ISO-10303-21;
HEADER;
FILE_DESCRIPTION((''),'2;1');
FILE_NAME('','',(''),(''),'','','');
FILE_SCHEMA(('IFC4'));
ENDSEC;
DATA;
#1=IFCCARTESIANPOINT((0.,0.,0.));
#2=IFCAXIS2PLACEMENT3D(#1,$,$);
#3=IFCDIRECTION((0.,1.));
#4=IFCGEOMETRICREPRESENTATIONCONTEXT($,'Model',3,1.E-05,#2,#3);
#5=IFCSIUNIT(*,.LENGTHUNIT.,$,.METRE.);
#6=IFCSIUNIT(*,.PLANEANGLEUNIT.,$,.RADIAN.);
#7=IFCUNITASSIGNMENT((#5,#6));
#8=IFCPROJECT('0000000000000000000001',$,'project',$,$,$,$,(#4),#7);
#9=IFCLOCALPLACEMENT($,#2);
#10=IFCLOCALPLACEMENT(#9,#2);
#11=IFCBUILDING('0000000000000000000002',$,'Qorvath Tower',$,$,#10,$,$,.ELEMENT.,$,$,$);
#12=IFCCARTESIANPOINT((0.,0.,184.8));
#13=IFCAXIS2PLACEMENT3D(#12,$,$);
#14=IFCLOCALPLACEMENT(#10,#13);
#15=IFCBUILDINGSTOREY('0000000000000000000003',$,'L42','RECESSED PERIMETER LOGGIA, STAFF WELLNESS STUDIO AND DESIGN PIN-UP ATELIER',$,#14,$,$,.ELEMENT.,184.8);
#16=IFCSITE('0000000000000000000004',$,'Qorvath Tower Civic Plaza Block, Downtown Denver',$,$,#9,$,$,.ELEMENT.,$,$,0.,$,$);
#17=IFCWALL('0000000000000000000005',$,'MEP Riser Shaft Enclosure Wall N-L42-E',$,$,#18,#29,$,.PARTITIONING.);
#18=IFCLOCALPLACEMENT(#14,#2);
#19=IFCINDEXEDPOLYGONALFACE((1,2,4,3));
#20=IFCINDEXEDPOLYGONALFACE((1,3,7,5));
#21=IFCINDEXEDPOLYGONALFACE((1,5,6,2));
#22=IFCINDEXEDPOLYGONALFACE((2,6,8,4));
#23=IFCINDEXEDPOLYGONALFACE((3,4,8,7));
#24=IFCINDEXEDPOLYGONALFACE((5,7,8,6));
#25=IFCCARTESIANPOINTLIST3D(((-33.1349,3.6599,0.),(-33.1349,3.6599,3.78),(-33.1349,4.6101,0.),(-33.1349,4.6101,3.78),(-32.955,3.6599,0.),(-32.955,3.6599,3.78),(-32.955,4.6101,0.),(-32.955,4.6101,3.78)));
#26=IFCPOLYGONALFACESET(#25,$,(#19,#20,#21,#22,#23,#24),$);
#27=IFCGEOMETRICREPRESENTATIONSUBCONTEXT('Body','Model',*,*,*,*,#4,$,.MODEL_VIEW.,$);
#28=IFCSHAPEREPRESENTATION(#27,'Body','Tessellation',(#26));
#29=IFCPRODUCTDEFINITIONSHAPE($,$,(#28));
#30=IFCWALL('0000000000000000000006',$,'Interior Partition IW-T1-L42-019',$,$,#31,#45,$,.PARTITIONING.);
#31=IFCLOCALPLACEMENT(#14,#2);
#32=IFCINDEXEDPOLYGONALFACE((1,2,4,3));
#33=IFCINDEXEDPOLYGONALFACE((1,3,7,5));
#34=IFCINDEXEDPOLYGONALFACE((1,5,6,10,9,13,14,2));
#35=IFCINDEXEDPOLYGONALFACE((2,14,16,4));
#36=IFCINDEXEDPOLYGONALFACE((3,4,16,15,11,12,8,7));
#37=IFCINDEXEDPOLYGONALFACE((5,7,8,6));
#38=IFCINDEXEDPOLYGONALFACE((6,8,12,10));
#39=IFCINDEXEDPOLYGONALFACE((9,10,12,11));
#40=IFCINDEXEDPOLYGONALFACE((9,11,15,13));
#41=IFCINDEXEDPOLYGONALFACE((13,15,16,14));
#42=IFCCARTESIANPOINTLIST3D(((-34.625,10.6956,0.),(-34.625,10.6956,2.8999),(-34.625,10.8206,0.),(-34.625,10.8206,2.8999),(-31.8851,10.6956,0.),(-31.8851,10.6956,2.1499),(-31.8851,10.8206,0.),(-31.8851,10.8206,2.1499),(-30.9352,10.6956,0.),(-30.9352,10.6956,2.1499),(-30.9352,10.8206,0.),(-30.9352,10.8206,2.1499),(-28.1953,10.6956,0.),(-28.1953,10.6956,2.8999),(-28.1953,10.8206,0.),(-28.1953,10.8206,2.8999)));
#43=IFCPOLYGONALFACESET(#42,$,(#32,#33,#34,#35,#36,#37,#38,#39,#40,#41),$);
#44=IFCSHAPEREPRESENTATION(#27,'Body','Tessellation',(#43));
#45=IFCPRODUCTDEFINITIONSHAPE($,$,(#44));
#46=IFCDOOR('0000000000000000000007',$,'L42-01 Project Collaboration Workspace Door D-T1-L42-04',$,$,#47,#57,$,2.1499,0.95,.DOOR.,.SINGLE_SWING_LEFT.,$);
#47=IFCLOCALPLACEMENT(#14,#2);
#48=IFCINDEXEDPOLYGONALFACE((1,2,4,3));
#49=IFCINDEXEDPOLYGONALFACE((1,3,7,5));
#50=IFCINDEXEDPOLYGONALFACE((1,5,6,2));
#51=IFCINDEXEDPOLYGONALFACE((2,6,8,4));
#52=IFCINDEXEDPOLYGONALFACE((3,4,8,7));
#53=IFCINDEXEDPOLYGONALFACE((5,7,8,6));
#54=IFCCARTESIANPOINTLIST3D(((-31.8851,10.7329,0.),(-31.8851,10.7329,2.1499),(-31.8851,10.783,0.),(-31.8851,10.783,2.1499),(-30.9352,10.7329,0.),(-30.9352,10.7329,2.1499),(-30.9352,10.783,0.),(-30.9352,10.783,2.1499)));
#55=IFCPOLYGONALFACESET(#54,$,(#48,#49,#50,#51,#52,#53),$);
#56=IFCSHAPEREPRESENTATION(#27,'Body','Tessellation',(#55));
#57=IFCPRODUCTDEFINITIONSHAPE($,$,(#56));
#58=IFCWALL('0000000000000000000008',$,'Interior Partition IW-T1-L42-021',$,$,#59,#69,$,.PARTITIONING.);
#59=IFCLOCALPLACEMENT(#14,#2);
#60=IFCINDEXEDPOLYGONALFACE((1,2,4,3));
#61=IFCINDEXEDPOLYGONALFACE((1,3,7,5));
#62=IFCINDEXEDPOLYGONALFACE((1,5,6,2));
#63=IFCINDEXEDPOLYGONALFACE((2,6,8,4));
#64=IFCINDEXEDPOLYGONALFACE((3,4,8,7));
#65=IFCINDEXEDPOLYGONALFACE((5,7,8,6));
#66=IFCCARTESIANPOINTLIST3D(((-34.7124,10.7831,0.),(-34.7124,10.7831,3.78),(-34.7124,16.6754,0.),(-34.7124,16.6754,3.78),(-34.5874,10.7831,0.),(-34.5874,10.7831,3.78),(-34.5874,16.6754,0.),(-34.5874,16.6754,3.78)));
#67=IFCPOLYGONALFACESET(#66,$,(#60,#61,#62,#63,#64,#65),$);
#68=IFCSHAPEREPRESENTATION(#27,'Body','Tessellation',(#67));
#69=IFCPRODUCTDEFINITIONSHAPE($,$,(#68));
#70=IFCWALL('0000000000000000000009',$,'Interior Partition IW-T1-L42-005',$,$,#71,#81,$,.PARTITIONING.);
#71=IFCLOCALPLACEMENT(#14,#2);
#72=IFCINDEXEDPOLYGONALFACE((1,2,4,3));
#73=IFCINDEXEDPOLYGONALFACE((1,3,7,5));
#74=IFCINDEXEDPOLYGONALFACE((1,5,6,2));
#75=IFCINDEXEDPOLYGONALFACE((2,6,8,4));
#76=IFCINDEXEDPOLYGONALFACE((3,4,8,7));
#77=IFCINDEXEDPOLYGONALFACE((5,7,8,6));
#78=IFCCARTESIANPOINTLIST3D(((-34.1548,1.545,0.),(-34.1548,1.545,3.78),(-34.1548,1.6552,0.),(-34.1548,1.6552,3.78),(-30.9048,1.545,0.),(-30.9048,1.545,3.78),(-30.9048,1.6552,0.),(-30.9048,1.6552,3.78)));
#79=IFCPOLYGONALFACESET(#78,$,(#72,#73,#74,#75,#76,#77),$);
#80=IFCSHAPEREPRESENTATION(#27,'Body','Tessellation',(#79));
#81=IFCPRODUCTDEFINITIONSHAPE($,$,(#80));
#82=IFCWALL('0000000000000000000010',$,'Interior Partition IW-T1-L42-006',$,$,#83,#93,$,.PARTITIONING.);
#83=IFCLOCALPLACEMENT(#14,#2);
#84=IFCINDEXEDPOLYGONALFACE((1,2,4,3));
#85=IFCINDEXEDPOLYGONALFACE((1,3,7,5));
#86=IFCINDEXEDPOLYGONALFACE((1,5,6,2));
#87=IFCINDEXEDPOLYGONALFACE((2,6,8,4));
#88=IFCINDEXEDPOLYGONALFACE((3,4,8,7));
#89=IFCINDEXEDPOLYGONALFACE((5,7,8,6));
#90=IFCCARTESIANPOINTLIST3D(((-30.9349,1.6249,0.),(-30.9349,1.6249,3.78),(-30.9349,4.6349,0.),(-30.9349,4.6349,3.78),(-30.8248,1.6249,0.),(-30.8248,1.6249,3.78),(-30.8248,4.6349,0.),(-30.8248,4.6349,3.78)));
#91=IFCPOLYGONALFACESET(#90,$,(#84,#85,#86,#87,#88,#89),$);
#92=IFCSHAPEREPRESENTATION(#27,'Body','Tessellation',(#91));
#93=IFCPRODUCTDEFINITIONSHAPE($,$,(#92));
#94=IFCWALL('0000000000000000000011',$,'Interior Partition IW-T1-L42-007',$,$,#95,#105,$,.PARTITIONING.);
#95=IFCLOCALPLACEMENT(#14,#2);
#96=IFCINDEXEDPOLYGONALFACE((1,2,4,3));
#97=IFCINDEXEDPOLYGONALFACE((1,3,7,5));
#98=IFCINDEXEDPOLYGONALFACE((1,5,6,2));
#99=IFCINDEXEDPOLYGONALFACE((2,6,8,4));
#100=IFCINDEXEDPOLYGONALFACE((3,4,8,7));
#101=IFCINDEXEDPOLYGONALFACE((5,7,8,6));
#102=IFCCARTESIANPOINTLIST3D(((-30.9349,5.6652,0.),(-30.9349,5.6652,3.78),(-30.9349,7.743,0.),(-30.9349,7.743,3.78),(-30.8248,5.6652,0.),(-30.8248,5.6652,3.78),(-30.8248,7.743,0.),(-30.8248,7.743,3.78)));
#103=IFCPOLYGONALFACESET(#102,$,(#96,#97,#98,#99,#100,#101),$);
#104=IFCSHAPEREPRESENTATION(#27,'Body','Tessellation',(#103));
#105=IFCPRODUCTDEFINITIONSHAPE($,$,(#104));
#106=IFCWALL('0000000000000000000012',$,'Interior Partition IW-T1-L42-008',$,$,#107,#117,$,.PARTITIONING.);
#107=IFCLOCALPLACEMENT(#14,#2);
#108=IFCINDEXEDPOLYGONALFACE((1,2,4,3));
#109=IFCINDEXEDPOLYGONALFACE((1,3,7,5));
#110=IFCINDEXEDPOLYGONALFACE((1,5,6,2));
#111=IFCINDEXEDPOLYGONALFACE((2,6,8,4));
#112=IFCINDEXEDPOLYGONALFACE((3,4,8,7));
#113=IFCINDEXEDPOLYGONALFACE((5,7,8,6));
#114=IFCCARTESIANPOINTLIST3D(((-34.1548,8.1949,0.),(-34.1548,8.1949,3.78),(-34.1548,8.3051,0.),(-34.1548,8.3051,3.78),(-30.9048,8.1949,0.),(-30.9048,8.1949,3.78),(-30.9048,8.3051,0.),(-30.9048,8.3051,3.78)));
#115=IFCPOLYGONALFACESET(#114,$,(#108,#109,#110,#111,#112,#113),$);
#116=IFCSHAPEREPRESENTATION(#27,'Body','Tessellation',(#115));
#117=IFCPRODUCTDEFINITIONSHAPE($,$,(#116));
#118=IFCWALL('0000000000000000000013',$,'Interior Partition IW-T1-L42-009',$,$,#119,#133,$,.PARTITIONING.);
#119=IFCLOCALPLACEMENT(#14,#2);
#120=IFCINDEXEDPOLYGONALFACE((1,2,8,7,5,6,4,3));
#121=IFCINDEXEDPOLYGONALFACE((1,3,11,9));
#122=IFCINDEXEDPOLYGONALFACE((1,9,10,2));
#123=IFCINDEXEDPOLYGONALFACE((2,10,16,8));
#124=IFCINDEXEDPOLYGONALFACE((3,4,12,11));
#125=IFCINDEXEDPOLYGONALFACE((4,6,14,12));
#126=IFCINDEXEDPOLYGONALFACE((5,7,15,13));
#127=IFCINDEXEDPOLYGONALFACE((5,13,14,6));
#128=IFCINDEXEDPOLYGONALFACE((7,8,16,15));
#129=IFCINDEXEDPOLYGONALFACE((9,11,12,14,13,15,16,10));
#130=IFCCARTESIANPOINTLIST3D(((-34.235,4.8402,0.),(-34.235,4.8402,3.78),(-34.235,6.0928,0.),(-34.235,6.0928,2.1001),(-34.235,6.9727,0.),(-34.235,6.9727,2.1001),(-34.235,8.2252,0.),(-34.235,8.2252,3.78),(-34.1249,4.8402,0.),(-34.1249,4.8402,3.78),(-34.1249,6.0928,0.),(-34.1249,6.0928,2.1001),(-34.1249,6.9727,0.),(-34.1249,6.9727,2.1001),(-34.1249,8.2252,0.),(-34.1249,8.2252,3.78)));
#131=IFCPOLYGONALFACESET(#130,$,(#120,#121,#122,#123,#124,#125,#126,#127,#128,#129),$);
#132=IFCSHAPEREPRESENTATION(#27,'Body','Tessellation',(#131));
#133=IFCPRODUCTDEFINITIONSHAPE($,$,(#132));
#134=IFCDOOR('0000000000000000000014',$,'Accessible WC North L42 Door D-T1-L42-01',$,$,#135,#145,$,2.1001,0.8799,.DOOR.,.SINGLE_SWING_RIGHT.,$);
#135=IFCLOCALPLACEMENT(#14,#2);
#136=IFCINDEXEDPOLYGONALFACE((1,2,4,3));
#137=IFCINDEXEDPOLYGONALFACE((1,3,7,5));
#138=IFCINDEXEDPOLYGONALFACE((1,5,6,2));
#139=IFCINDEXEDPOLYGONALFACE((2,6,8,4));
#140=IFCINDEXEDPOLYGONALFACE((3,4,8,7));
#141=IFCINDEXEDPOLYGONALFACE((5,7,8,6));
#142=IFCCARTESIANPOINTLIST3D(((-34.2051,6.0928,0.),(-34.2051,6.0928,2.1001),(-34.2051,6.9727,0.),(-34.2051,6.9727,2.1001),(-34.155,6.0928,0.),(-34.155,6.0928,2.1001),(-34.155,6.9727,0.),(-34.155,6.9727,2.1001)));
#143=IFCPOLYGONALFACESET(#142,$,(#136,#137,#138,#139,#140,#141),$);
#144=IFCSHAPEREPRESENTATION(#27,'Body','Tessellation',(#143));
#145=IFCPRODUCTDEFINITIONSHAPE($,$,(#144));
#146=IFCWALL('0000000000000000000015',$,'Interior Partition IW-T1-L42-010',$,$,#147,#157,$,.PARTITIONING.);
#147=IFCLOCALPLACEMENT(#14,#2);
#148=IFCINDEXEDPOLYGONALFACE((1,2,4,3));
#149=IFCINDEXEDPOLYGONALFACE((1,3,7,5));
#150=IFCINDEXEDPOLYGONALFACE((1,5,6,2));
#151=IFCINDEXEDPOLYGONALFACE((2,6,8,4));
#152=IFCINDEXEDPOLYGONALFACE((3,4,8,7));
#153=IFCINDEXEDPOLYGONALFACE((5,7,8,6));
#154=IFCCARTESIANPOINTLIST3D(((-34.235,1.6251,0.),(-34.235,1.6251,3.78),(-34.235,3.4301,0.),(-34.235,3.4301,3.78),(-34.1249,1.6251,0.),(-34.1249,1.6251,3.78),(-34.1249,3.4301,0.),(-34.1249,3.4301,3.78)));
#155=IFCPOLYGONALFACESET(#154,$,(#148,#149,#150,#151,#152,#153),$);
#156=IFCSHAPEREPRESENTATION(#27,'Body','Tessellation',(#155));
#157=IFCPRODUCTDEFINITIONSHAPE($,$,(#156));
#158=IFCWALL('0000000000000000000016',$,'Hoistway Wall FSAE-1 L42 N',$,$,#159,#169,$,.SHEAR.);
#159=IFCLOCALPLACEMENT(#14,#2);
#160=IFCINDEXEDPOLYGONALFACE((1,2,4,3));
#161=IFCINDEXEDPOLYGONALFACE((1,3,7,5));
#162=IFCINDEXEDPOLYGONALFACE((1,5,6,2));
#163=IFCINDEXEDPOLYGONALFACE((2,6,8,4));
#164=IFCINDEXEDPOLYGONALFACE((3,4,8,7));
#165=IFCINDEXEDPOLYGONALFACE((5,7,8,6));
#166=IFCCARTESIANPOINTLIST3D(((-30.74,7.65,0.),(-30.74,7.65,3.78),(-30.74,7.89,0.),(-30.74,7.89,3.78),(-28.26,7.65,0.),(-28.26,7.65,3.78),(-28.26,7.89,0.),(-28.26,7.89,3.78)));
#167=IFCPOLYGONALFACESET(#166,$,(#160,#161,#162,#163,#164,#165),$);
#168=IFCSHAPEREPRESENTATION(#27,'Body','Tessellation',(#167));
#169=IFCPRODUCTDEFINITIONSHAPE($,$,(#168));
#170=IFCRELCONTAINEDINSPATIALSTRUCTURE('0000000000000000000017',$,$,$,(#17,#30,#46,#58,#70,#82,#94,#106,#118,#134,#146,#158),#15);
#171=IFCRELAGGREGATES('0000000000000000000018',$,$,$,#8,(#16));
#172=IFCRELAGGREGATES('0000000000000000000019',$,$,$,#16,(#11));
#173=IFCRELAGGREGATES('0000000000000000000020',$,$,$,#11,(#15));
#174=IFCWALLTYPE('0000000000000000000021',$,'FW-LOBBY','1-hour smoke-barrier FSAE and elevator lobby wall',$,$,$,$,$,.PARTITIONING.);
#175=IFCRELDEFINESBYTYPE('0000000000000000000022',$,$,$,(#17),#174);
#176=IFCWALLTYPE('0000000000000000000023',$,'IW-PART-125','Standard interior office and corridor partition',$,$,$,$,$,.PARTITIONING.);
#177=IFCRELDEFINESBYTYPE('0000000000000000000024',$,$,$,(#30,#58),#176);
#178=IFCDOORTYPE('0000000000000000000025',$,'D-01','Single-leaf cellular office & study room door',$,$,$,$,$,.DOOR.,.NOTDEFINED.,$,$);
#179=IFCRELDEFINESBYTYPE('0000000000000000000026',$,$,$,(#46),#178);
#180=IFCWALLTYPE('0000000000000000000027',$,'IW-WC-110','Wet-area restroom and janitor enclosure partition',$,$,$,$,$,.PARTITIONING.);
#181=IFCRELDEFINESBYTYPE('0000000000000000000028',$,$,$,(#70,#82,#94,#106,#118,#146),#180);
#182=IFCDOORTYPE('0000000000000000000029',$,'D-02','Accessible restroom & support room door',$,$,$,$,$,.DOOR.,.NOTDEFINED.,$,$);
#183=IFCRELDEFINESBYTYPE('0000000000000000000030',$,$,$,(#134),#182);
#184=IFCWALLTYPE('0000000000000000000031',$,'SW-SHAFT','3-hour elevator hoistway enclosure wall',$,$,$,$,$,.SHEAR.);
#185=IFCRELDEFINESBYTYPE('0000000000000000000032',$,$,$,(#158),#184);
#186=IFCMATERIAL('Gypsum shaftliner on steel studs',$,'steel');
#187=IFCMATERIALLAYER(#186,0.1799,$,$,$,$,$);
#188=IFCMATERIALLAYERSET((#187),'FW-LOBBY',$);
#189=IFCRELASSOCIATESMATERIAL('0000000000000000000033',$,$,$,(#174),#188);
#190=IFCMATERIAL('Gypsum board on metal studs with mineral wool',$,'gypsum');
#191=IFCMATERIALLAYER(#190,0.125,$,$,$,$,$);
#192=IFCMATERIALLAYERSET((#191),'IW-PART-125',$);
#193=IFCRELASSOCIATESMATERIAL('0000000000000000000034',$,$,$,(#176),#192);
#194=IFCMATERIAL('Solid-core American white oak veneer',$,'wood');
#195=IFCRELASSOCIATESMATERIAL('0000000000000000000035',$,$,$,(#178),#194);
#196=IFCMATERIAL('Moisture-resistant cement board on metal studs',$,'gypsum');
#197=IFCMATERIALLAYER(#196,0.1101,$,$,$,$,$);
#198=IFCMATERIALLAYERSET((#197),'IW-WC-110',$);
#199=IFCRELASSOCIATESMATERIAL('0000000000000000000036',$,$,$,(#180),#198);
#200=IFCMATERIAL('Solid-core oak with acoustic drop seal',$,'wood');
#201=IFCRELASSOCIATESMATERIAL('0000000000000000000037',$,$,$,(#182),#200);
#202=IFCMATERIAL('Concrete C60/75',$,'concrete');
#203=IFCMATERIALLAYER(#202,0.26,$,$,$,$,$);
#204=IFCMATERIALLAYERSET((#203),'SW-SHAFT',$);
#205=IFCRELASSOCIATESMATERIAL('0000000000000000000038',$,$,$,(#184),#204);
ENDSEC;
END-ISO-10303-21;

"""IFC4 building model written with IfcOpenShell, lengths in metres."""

from ifc_helpers import new_model, si_unit, direction, frame, frame_2d, origin, place, context, subcontext, project, spatial, rectangle, extrude, material, layer, layer_set, type_object, element, fill, save


model = new_model("IFC4")

# Units and contexts
model_context = context("Model", 3, precision=1e-05, world=origin(), true_north=direction((0.0, 1.0)))
body_context = subcontext(model_context, "Body", "Model", "MODEL_VIEW")
ifc_project = project(units=[si_unit("LENGTHUNIT", "METRE"), si_unit("PLANEANGLEUNIT", "RADIAN")], contexts=[model_context])

# Site, building, storey
site_placement = place(None, origin())
site = spatial("IfcSite", under=ifc_project, at=site_placement, Name="Qorvath Tower Civic Plaza Block, Downtown Denver", CompositionType="ELEMENT", RefElevation=0.0)
building_placement = place(site_placement, origin())
building = spatial("IfcBuilding", under=site, at=building_placement, Name="Qorvath Tower", CompositionType="ELEMENT")
storey_placement = place(building_placement, frame((0.0, 0.0, 184.8)))
storey = spatial("IfcBuildingStorey", under=building, at=storey_placement, Name="L42", Description="RECESSED PERIMETER LOGGIA, STAFF WELLNESS STUDIO AND DESIGN PIN-UP ATELIER", CompositionType="ELEMENT", Elevation=184.8)

# Wall
ifc_material_1 = material(Name="Gypsum shaftliner on steel studs", Category="steel")
ifc_layer_1 = layer(ifc_material_1, 0.1799)
ifc_layer_set_1 = layer_set([ifc_layer_1], Name="FW-LOBBY")
wall_type_1 = type_object("IfcWallType", Name="FW-LOBBY", Description="1-hour smoke-barrier FSAE and elevator lobby wall", PredefinedType="PARTITIONING", material=ifc_layer_set_1)
for number, where, z_axis, x_axis, name in (
    (1, (-33.0449, 4.6101, 0.0), (0.0, 0.0, 1.0), (0.0, -1.0, 0.0), "MEP Riser Shaft Enclosure Wall N-L42-E"),
):
    element("IfcWall", number, at=place(storey_placement, frame(where, z_axis=z_axis, x_axis=x_axis)), inside=storey, type_object=wall_type_1, Name=name, PredefinedType="PARTITIONING", context=body_context, shape_type="SweptSolid", body=[
        extrude(rectangle(XDim=0.9502, YDim=0.1799, at=frame_2d((0.4751, 0.0))), origin(), (0.0, 0.0, 1.0), 3.78),
    ])

# Wall, opening, door
ifc_material_2 = material(Name="Gypsum board on metal studs with mineral wool", Category="gypsum")
ifc_layer_2 = layer(ifc_material_2, 0.125)
ifc_layer_set_2 = layer_set([ifc_layer_2], Name="IW-PART-125")
wall_type_2 = type_object("IfcWallType", Name="IW-PART-125", Description="Standard interior office and corridor partition", PredefinedType="PARTITIONING", material=ifc_layer_set_2)
wall_1_placement = place(storey_placement, frame((-34.625, 10.7581, 0.0), z_axis=(0.0, 0.0, 1.0), x_axis=(1.0, 0.0, 0.0)))
wall_1 = element("IfcWall", 2, at=wall_1_placement, inside=storey, type_object=wall_type_2, Name="Interior Partition IW-T1-L42-019", PredefinedType="PARTITIONING", context=body_context, shape_type="SweptSolid", body=[
    extrude(rectangle(XDim=6.4297, YDim=0.125, at=frame_2d((3.2148, 0.0))), origin(), (0.0, 0.0, 1.0), 2.8999),
])
opening_1_placement = place(wall_1_placement, frame((2.7397, 0.0, 0.0)))
opening_1 = element("IfcOpeningElement", 3, at=opening_1_placement, cuts=wall_1, PredefinedType="OPENING", context=body_context, shape_type="SweptSolid", body=[
    extrude(rectangle(XDim=0.95, YDim=2.1499, at=frame_2d((0.4751, 1.075))), frame((0.0, 0.0725, 0.0), z_axis=(0.0, -1.0, 0.0), x_axis=(1.0, 0.0, 0.0)), (0.0, 0.0, 1.0), 0.145),
])
ifc_material_3 = material(Name="Solid-core American white oak veneer", Category="wood")
door_type_1 = type_object("IfcDoorType", Name="D-01", Description="Single-leaf cellular office & study room door", OperationType="NOTDEFINED", PredefinedType="DOOR", material=ifc_material_3)
door_1_placement = place(opening_1_placement, origin())
door_1 = element("IfcDoor", 4, at=door_1_placement, inside=storey, type_object=door_type_1, Name="L42-01 Project Collaboration Workspace Door D-T1-L42-04", OperationType="SINGLE_SWING_LEFT", OverallHeight=2.1499, OverallWidth=0.95, PredefinedType="DOOR", context=body_context, shape_type="SweptSolid", body=[
    extrude(rectangle(XDim=0.95, YDim=2.1499, at=frame_2d((0.4751, 1.075))), frame((0.0, 0.0249, 0.0), z_axis=(0.0, -1.0, 0.0), x_axis=(1.0, 0.0, 0.0)), (0.0, 0.0, 1.0), 0.05),
])
fill(opening_1, door_1)

# Walls
wall_2_placement = place(storey_placement, frame((-34.6499, 16.6755, 0.0), z_axis=(0.0, 0.0, 1.0), x_axis=(0.0, -1.0, 0.0)))
element("IfcWall", 5, at=wall_2_placement, inside=storey, type_object=wall_type_2, Name="Interior Partition IW-T1-L42-021", PredefinedType="PARTITIONING", context=body_context, shape_type="SweptSolid", body=[
    extrude(rectangle(XDim=5.8923, YDim=0.125, at=frame_2d((2.9463, 0.0))), origin(), (0.0, 0.0, 1.0), 3.78),
])
ifc_material_4 = material(Name="Moisture-resistant cement board on metal studs", Category="gypsum")
ifc_layer_3 = layer(ifc_material_4, 0.1101)
ifc_layer_set_3 = layer_set([ifc_layer_3], Name="IW-WC-110")
wall_type_3 = type_object("IfcWallType", Name="IW-WC-110", Description="Wet-area restroom and janitor enclosure partition", PredefinedType="PARTITIONING", material=ifc_layer_set_3)
wall_3_placement = place(storey_placement, frame((-34.1548, 1.6001, 0.0), z_axis=(0.0, 0.0, 1.0), x_axis=(1.0, 0.0, 0.0)))
element("IfcWall", 6, at=wall_3_placement, inside=storey, type_object=wall_type_3, Name="Interior Partition IW-T1-L42-005", PredefinedType="PARTITIONING", context=body_context, shape_type="SweptSolid", body=[
    extrude(rectangle(XDim=3.25, YDim=0.1101, at=frame_2d((1.625, 0.0))), origin(), (0.0, 0.0, 1.0), 3.78),
])
wall_4_placement = place(storey_placement, frame((-30.8799, 1.625, 0.0), z_axis=(0.0, 0.0, 1.0), x_axis=(0.0, 1.0, 0.0)))
element("IfcWall", 7, at=wall_4_placement, inside=storey, type_object=wall_type_3, Name="Interior Partition IW-T1-L42-006", PredefinedType="PARTITIONING", context=body_context, shape_type="SweptSolid", body=[
    extrude(rectangle(XDim=3.01, YDim=0.1101, at=frame_2d((1.5049, 0.0))), origin(), (0.0, 0.0, 1.0), 3.78),
])
wall_5_placement = place(storey_placement, frame((-30.8799, 5.665, 0.0), z_axis=(0.0, 0.0, 1.0), x_axis=(0.0, 1.0, 0.0)))
element("IfcWall", 8, at=wall_5_placement, inside=storey, type_object=wall_type_3, Name="Interior Partition IW-T1-L42-007", PredefinedType="PARTITIONING", context=body_context, shape_type="SweptSolid", body=[
    extrude(rectangle(XDim=2.0779, YDim=0.1101, at=frame_2d((1.0391, 0.0))), origin(), (0.0, 0.0, 1.0), 3.78),
])
wall_6_placement = place(storey_placement, frame((-30.9048, 8.25, 0.0), z_axis=(0.0, 0.0, 1.0), x_axis=(-1.0, 0.0, 0.0)))
element("IfcWall", 9, at=wall_6_placement, inside=storey, type_object=wall_type_3, Name="Interior Partition IW-T1-L42-008", PredefinedType="PARTITIONING", context=body_context, shape_type="SweptSolid", body=[
    extrude(rectangle(XDim=3.25, YDim=0.1101, at=frame_2d((1.625, 0.0))), origin(), (0.0, 0.0, 1.0), 3.78),
])

# Wall, opening, door
wall_7_placement = place(storey_placement, frame((-34.1799, 8.2251, 0.0), z_axis=(0.0, 0.0, 1.0), x_axis=(0.0, -1.0, 0.0)))
wall_7 = element("IfcWall", 10, at=wall_7_placement, inside=storey, type_object=wall_type_3, Name="Interior Partition IW-T1-L42-009", PredefinedType="PARTITIONING", context=body_context, shape_type="SweptSolid", body=[
    extrude(rectangle(XDim=3.385, YDim=0.1101, at=frame_2d((1.6924, 0.0))), origin(), (0.0, 0.0, 1.0), 3.78),
])
opening_2_placement = place(wall_7_placement, frame((1.2524, 0.0, 0.0)))
opening_2 = element("IfcOpeningElement", 11, at=opening_2_placement, cuts=wall_7, PredefinedType="OPENING", context=body_context, shape_type="SweptSolid", body=[
    extrude(rectangle(XDim=0.8799, YDim=2.1001, at=frame_2d((0.4399, 1.05))), frame((0.0, 0.0649, 0.0), z_axis=(0.0, -1.0, 0.0), x_axis=(1.0, 0.0, 0.0)), (0.0, 0.0, 1.0), 0.1301),
])
ifc_material_5 = material(Name="Solid-core oak with acoustic drop seal", Category="wood")
door_type_2 = type_object("IfcDoorType", Name="D-02", Description="Accessible restroom & support room door", OperationType="NOTDEFINED", PredefinedType="DOOR", material=ifc_material_5)
door_2_placement = place(opening_2_placement, origin())
door_2 = element("IfcDoor", 12, at=door_2_placement, inside=storey, type_object=door_type_2, Name="Accessible WC North L42 Door D-T1-L42-01", OperationType="SINGLE_SWING_RIGHT", OverallHeight=2.1001, OverallWidth=0.8799, PredefinedType="DOOR", context=body_context, shape_type="SweptSolid", body=[
    extrude(rectangle(XDim=0.8799, YDim=2.1001, at=frame_2d((0.4399, 1.05))), frame((0.0, 0.0249, 0.0), z_axis=(0.0, -1.0, 0.0), x_axis=(1.0, 0.0, 0.0)), (0.0, 0.0, 1.0), 0.05),
])
fill(opening_2, door_2)

# Walls
wall_8_placement = place(storey_placement, frame((-34.1799, 3.4299, 0.0), z_axis=(0.0, 0.0, 1.0), x_axis=(0.0, -1.0, 0.0)))
element("IfcWall", 13, at=wall_8_placement, inside=storey, type_object=wall_type_3, Name="Interior Partition IW-T1-L42-010", PredefinedType="PARTITIONING", context=body_context, shape_type="SweptSolid", body=[
    extrude(rectangle(XDim=1.8049, YDim=0.1101, at=frame_2d((0.9023, 0.0))), origin(), (0.0, 0.0, 1.0), 3.78),
])
ifc_material_6 = material(Name="Concrete C60/75", Category="concrete")
ifc_layer_4 = layer(ifc_material_6, 0.26)
ifc_layer_set_4 = layer_set([ifc_layer_4], Name="SW-SHAFT")
wall_type_4 = type_object("IfcWallType", Name="SW-SHAFT", Description="3-hour elevator hoistway enclosure wall", PredefinedType="SHEAR", material=ifc_layer_set_4)
wall_9_placement = place(storey_placement, frame((-30.74, 7.77, 0.0), z_axis=(0.0, 0.0, 1.0), x_axis=(1.0, 0.0, 0.0)))
element("IfcWall", 14, at=wall_9_placement, inside=storey, type_object=wall_type_4, Name="Hoistway Wall FSAE-1 L42 N", PredefinedType="SHEAR", context=body_context, shape_type="SweptSolid", body=[
    extrude(rectangle(XDim=2.48, YDim=0.24, at=frame_2d((1.24, 0.0))), origin(), (0.0, 0.0, 1.0), 3.78),
])

save(model, "model.ifc")
